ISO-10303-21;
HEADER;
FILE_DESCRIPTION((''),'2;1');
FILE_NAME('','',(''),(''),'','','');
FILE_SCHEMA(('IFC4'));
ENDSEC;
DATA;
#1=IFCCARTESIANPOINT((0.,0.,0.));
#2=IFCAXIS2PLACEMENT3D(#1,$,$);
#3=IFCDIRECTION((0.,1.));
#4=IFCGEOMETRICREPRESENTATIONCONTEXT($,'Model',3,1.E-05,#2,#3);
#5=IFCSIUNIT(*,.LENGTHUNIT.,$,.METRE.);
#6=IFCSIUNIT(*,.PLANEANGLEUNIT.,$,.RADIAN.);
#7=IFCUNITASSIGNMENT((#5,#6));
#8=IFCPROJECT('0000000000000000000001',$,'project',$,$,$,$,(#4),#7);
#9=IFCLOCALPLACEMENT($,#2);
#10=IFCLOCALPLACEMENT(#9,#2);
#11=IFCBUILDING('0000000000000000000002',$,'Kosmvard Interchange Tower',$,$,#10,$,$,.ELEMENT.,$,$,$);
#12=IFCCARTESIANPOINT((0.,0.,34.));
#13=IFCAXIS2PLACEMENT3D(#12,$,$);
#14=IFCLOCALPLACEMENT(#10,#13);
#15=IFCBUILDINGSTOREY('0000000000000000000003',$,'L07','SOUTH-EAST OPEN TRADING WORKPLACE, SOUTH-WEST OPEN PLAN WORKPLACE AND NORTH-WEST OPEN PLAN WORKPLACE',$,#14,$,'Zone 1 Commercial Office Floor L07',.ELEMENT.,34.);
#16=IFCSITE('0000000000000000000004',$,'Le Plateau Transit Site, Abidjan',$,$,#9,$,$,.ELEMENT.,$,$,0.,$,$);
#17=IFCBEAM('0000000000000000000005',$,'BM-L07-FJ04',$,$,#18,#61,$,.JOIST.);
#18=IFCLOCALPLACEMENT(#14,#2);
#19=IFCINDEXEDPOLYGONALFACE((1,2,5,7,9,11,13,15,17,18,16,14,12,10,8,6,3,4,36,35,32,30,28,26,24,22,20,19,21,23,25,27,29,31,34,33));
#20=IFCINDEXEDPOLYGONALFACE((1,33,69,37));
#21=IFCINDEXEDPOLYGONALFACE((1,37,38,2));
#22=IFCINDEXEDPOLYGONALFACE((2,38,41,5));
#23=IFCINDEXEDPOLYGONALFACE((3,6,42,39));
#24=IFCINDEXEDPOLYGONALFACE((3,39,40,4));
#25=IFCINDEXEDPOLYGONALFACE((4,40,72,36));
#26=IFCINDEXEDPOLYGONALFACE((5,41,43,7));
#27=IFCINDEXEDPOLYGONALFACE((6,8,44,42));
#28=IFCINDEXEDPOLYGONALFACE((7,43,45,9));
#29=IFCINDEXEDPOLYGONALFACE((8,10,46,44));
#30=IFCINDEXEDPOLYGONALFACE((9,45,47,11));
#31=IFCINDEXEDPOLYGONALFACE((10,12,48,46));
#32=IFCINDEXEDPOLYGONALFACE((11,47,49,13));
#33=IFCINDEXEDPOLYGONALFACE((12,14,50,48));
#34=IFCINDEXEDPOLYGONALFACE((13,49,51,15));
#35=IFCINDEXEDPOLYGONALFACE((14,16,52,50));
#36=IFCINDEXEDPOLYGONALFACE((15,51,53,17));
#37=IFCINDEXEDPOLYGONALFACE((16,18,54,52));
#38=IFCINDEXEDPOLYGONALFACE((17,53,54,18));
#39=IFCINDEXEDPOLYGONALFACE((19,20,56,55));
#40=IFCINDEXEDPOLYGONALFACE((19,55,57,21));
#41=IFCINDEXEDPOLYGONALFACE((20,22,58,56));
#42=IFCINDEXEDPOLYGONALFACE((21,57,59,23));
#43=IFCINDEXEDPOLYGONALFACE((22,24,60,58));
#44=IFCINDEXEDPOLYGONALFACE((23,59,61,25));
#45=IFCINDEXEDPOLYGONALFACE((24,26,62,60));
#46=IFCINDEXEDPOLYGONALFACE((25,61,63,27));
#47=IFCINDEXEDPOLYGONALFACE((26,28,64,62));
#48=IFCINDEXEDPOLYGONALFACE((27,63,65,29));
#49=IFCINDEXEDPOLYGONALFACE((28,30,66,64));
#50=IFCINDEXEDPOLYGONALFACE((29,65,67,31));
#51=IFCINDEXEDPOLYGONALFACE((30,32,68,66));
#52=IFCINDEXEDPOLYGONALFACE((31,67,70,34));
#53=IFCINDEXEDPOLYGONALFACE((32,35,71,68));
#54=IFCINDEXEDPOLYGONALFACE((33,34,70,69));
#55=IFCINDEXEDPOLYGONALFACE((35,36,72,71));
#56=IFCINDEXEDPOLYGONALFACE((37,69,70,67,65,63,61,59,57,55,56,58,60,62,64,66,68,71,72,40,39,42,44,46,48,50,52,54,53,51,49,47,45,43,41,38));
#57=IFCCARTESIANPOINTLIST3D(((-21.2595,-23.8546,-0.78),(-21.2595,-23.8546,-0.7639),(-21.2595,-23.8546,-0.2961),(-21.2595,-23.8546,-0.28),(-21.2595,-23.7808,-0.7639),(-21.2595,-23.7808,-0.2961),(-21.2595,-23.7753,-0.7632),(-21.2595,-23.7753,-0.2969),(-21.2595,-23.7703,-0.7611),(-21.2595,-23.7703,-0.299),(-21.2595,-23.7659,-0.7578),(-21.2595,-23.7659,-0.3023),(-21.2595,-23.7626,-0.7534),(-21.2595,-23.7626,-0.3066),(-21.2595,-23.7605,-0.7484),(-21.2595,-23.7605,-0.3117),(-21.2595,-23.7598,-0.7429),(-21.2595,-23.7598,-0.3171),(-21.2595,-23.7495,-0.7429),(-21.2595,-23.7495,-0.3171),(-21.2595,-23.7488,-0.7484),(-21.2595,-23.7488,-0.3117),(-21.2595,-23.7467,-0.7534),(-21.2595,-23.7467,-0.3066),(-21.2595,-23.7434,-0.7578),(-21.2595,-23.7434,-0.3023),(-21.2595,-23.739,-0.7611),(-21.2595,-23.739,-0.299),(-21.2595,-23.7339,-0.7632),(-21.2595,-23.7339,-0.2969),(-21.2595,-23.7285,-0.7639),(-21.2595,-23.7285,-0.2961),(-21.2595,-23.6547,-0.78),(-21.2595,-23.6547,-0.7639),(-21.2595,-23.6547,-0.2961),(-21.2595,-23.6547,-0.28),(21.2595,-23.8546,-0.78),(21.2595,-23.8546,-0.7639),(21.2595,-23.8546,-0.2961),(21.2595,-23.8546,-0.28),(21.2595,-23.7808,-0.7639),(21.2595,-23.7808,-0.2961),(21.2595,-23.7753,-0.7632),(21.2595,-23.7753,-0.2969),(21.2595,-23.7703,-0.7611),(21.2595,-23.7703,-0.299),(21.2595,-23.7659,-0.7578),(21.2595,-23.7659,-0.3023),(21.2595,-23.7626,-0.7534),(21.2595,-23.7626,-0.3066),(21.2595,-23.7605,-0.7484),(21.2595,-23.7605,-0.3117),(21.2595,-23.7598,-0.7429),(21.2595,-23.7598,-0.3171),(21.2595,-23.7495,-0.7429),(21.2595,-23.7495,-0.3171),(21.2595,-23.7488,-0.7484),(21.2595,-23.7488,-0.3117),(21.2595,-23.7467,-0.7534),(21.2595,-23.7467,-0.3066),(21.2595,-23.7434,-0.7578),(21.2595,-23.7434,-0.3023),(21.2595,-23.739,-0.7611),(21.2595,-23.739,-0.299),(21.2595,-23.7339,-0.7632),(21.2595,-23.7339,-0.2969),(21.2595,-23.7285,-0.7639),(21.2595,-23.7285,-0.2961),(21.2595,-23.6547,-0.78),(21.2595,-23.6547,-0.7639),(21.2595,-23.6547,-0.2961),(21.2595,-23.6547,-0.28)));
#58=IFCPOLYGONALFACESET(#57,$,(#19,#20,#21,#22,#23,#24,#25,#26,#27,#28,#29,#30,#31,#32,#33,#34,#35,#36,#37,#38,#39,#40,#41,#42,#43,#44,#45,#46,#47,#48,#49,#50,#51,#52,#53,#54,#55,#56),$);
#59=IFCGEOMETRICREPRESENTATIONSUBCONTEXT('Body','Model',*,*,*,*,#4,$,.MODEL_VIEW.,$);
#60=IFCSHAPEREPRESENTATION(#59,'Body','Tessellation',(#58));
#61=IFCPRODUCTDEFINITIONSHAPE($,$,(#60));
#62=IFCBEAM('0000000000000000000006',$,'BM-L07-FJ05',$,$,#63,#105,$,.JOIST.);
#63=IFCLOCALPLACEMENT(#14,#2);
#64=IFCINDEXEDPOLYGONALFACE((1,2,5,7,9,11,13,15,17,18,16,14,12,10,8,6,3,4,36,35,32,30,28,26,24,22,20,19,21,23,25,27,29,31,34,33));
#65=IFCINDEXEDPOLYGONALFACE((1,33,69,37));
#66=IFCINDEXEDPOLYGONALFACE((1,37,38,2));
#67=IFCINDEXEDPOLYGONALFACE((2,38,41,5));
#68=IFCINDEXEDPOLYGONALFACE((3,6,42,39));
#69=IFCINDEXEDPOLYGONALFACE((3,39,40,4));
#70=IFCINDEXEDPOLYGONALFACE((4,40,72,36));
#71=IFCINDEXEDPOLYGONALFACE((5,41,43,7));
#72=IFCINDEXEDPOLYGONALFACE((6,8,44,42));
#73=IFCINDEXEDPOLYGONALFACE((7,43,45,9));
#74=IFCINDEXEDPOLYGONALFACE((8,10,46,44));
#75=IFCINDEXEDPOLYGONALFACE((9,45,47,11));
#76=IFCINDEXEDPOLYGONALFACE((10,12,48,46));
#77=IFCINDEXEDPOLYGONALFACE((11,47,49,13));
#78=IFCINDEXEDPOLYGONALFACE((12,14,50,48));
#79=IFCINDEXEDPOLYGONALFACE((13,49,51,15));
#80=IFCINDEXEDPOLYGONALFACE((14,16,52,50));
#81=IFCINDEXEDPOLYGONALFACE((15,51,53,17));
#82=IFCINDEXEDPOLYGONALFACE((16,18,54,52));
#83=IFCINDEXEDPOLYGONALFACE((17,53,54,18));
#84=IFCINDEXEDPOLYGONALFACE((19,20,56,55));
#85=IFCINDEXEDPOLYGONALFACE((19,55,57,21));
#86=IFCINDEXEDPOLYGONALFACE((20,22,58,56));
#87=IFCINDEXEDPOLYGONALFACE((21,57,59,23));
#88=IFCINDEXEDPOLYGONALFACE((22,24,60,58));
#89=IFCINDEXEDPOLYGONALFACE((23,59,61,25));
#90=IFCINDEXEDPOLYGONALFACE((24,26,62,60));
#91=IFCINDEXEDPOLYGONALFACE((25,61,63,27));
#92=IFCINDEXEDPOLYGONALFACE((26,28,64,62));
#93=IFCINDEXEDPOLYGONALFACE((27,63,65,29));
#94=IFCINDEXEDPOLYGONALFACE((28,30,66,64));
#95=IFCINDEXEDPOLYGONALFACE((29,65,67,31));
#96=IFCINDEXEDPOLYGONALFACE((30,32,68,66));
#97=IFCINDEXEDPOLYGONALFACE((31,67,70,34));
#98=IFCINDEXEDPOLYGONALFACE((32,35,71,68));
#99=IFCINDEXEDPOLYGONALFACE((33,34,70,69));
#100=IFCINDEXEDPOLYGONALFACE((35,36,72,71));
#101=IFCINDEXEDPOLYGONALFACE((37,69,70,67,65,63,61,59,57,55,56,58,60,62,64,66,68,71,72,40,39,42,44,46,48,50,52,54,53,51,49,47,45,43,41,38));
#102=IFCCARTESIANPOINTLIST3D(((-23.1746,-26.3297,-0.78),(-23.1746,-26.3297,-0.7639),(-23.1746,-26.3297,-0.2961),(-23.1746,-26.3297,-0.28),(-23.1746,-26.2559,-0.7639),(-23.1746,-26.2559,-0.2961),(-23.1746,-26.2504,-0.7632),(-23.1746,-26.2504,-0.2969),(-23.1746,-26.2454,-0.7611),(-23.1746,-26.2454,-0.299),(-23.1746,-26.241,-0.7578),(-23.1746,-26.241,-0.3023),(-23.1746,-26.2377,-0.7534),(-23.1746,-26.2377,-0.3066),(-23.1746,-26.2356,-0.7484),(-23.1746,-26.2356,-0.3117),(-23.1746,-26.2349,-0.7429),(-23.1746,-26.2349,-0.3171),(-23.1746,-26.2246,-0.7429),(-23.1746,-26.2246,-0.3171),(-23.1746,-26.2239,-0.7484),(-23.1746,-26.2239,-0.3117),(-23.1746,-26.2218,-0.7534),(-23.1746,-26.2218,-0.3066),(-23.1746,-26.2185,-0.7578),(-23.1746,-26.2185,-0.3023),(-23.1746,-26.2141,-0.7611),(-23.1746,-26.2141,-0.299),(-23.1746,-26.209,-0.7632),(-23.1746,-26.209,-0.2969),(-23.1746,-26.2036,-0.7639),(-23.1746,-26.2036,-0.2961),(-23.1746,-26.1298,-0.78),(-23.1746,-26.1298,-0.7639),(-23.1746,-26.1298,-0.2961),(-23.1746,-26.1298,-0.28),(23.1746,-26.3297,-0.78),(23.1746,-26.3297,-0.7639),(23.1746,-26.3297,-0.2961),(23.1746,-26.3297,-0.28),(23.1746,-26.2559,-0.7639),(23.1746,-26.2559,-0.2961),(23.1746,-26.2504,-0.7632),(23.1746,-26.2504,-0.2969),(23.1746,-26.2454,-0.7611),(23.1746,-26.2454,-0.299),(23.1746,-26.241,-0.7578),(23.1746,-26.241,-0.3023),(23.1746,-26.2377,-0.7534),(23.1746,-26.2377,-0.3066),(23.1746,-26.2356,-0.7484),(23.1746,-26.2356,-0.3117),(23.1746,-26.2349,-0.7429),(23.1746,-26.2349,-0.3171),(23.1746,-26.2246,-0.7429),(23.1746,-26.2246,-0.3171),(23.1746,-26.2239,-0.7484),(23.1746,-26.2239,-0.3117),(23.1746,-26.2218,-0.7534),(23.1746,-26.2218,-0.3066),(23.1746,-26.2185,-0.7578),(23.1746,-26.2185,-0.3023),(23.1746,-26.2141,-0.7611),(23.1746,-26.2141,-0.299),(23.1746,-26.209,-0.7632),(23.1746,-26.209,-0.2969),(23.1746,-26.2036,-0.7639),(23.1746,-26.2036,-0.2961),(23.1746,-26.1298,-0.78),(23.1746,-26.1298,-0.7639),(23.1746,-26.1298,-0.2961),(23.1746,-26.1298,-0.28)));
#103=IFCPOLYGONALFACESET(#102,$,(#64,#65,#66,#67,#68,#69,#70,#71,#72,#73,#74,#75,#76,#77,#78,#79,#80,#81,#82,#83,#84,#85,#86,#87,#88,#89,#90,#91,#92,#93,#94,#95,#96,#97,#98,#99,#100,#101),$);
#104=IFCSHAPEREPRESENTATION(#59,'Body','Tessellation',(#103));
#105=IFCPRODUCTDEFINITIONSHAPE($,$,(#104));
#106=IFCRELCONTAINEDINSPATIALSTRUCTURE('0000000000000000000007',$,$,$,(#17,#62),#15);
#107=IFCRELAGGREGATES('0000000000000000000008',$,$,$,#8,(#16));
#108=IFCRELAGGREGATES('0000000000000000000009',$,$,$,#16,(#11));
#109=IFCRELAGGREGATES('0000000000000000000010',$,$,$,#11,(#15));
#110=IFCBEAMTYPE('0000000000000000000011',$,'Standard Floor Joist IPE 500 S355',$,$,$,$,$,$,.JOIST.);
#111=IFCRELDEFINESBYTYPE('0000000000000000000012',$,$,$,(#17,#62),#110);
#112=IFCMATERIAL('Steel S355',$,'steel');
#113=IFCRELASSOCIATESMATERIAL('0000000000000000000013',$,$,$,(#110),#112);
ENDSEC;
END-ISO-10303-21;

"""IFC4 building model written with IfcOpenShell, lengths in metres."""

from ifc_helpers import new_model, si_unit, direction, frame, origin, origin_2d, place, context, subcontext, project, spatial, i_section, extrude, source, transform, mapped, material, material_profile, profile_set, type_object, element, save


model = new_model("IFC4")

# Units and contexts
model_context = context("Model", 3, precision=1e-05, world=origin(), true_north=direction((0.0, 1.0)))
body_context = subcontext(model_context, "Body", "Model", "MODEL_VIEW")
ifc_project = project(units=[si_unit("LENGTHUNIT", "METRE"), si_unit("PLANEANGLEUNIT", "RADIAN")], contexts=[model_context])

# Site, building, storey
site_placement = place(None, origin())
site = spatial("IfcSite", under=ifc_project, at=site_placement, Name="Le Plateau Transit Site, Abidjan", CompositionType="ELEMENT", RefElevation=0.0)
building_placement = place(site_placement, origin())
building = spatial("IfcBuilding", under=site, at=building_placement, Name="Kosmvard Interchange Tower", CompositionType="ELEMENT")
storey_placement = place(building_placement, frame((0.0, 0.0, 34.0)))
storey = spatial("IfcBuildingStorey", under=building, at=storey_placement, Name="L07", Description="SOUTH-EAST OPEN TRADING WORKPLACE, SOUTH-WEST OPEN PLAN WORKPLACE AND NORTH-WEST OPEN PLAN WORKPLACE", LongName="Zone 1 Commercial Office Floor L07", CompositionType="ELEMENT", Elevation=34.0)

# Beams
ifc_material_1 = material(Name="Steel S355", Category="steel")
ifc_material_profile_1 = material_profile(ifc_material_1, i_section(OverallWidth=0.2, OverallDepth=0.5, WebThickness=0.0103, FlangeThickness=0.0161, FilletRadius=0.021, at=origin_2d()), Name="IPE 500")
ifc_profile_set_1 = profile_set([ifc_material_profile_1], Name="Steel S355")
beam_type_1 = type_object("IfcBeamType", Name="Standard Floor Joist IPE 500 S355", PredefinedType="JOIST", material=ifc_profile_set_1)
shared_shape_1 = source(origin(), body_context, "Body", "SweptSolid", [
    extrude(i_section(OverallWidth=0.2, OverallDepth=0.5, WebThickness=0.0103, FlangeThickness=0.0161, FilletRadius=0.021, at=origin_2d()), origin(), (0.0, 0.0, 1.0), 42.519),
])
beam_1_placement = place(storey_placement, frame((-21.2595, -23.7546, -0.53), z_axis=(1.0, 0.0, 0.0), x_axis=(0.0, 1.0, 0.0)))
element("IfcBeam", 1, at=beam_1_placement, inside=storey, type_object=beam_type_1, Name="BM-L07-FJ04", PredefinedType="JOIST", context=body_context, shape_type="MappedRepresentation", body=[
    mapped(shared_shape_1, transform((0.0, 0.0, 0.0), scale=1.0)),
])
shared_shape_2 = source(origin(), body_context, "Body", "SweptSolid", [
    extrude(i_section(OverallWidth=0.2, OverallDepth=0.5, WebThickness=0.0103, FlangeThickness=0.0161, FilletRadius=0.021, at=origin_2d()), origin(), (0.0, 0.0, 1.0), 46.3491),
])
beam_2_placement = place(storey_placement, frame((-23.1746, -26.2297, -0.53), z_axis=(1.0, 0.0, 0.0), x_axis=(0.0, 1.0, 0.0)))
element("IfcBeam", 2, at=beam_2_placement, inside=storey, type_object=beam_type_1, Name="BM-L07-FJ05", PredefinedType="JOIST", context=body_context, shape_type="MappedRepresentation", body=[
    mapped(shared_shape_2, transform((0.0, 0.0, 0.0), scale=1.0)),
])

save(model, "model.ifc")
